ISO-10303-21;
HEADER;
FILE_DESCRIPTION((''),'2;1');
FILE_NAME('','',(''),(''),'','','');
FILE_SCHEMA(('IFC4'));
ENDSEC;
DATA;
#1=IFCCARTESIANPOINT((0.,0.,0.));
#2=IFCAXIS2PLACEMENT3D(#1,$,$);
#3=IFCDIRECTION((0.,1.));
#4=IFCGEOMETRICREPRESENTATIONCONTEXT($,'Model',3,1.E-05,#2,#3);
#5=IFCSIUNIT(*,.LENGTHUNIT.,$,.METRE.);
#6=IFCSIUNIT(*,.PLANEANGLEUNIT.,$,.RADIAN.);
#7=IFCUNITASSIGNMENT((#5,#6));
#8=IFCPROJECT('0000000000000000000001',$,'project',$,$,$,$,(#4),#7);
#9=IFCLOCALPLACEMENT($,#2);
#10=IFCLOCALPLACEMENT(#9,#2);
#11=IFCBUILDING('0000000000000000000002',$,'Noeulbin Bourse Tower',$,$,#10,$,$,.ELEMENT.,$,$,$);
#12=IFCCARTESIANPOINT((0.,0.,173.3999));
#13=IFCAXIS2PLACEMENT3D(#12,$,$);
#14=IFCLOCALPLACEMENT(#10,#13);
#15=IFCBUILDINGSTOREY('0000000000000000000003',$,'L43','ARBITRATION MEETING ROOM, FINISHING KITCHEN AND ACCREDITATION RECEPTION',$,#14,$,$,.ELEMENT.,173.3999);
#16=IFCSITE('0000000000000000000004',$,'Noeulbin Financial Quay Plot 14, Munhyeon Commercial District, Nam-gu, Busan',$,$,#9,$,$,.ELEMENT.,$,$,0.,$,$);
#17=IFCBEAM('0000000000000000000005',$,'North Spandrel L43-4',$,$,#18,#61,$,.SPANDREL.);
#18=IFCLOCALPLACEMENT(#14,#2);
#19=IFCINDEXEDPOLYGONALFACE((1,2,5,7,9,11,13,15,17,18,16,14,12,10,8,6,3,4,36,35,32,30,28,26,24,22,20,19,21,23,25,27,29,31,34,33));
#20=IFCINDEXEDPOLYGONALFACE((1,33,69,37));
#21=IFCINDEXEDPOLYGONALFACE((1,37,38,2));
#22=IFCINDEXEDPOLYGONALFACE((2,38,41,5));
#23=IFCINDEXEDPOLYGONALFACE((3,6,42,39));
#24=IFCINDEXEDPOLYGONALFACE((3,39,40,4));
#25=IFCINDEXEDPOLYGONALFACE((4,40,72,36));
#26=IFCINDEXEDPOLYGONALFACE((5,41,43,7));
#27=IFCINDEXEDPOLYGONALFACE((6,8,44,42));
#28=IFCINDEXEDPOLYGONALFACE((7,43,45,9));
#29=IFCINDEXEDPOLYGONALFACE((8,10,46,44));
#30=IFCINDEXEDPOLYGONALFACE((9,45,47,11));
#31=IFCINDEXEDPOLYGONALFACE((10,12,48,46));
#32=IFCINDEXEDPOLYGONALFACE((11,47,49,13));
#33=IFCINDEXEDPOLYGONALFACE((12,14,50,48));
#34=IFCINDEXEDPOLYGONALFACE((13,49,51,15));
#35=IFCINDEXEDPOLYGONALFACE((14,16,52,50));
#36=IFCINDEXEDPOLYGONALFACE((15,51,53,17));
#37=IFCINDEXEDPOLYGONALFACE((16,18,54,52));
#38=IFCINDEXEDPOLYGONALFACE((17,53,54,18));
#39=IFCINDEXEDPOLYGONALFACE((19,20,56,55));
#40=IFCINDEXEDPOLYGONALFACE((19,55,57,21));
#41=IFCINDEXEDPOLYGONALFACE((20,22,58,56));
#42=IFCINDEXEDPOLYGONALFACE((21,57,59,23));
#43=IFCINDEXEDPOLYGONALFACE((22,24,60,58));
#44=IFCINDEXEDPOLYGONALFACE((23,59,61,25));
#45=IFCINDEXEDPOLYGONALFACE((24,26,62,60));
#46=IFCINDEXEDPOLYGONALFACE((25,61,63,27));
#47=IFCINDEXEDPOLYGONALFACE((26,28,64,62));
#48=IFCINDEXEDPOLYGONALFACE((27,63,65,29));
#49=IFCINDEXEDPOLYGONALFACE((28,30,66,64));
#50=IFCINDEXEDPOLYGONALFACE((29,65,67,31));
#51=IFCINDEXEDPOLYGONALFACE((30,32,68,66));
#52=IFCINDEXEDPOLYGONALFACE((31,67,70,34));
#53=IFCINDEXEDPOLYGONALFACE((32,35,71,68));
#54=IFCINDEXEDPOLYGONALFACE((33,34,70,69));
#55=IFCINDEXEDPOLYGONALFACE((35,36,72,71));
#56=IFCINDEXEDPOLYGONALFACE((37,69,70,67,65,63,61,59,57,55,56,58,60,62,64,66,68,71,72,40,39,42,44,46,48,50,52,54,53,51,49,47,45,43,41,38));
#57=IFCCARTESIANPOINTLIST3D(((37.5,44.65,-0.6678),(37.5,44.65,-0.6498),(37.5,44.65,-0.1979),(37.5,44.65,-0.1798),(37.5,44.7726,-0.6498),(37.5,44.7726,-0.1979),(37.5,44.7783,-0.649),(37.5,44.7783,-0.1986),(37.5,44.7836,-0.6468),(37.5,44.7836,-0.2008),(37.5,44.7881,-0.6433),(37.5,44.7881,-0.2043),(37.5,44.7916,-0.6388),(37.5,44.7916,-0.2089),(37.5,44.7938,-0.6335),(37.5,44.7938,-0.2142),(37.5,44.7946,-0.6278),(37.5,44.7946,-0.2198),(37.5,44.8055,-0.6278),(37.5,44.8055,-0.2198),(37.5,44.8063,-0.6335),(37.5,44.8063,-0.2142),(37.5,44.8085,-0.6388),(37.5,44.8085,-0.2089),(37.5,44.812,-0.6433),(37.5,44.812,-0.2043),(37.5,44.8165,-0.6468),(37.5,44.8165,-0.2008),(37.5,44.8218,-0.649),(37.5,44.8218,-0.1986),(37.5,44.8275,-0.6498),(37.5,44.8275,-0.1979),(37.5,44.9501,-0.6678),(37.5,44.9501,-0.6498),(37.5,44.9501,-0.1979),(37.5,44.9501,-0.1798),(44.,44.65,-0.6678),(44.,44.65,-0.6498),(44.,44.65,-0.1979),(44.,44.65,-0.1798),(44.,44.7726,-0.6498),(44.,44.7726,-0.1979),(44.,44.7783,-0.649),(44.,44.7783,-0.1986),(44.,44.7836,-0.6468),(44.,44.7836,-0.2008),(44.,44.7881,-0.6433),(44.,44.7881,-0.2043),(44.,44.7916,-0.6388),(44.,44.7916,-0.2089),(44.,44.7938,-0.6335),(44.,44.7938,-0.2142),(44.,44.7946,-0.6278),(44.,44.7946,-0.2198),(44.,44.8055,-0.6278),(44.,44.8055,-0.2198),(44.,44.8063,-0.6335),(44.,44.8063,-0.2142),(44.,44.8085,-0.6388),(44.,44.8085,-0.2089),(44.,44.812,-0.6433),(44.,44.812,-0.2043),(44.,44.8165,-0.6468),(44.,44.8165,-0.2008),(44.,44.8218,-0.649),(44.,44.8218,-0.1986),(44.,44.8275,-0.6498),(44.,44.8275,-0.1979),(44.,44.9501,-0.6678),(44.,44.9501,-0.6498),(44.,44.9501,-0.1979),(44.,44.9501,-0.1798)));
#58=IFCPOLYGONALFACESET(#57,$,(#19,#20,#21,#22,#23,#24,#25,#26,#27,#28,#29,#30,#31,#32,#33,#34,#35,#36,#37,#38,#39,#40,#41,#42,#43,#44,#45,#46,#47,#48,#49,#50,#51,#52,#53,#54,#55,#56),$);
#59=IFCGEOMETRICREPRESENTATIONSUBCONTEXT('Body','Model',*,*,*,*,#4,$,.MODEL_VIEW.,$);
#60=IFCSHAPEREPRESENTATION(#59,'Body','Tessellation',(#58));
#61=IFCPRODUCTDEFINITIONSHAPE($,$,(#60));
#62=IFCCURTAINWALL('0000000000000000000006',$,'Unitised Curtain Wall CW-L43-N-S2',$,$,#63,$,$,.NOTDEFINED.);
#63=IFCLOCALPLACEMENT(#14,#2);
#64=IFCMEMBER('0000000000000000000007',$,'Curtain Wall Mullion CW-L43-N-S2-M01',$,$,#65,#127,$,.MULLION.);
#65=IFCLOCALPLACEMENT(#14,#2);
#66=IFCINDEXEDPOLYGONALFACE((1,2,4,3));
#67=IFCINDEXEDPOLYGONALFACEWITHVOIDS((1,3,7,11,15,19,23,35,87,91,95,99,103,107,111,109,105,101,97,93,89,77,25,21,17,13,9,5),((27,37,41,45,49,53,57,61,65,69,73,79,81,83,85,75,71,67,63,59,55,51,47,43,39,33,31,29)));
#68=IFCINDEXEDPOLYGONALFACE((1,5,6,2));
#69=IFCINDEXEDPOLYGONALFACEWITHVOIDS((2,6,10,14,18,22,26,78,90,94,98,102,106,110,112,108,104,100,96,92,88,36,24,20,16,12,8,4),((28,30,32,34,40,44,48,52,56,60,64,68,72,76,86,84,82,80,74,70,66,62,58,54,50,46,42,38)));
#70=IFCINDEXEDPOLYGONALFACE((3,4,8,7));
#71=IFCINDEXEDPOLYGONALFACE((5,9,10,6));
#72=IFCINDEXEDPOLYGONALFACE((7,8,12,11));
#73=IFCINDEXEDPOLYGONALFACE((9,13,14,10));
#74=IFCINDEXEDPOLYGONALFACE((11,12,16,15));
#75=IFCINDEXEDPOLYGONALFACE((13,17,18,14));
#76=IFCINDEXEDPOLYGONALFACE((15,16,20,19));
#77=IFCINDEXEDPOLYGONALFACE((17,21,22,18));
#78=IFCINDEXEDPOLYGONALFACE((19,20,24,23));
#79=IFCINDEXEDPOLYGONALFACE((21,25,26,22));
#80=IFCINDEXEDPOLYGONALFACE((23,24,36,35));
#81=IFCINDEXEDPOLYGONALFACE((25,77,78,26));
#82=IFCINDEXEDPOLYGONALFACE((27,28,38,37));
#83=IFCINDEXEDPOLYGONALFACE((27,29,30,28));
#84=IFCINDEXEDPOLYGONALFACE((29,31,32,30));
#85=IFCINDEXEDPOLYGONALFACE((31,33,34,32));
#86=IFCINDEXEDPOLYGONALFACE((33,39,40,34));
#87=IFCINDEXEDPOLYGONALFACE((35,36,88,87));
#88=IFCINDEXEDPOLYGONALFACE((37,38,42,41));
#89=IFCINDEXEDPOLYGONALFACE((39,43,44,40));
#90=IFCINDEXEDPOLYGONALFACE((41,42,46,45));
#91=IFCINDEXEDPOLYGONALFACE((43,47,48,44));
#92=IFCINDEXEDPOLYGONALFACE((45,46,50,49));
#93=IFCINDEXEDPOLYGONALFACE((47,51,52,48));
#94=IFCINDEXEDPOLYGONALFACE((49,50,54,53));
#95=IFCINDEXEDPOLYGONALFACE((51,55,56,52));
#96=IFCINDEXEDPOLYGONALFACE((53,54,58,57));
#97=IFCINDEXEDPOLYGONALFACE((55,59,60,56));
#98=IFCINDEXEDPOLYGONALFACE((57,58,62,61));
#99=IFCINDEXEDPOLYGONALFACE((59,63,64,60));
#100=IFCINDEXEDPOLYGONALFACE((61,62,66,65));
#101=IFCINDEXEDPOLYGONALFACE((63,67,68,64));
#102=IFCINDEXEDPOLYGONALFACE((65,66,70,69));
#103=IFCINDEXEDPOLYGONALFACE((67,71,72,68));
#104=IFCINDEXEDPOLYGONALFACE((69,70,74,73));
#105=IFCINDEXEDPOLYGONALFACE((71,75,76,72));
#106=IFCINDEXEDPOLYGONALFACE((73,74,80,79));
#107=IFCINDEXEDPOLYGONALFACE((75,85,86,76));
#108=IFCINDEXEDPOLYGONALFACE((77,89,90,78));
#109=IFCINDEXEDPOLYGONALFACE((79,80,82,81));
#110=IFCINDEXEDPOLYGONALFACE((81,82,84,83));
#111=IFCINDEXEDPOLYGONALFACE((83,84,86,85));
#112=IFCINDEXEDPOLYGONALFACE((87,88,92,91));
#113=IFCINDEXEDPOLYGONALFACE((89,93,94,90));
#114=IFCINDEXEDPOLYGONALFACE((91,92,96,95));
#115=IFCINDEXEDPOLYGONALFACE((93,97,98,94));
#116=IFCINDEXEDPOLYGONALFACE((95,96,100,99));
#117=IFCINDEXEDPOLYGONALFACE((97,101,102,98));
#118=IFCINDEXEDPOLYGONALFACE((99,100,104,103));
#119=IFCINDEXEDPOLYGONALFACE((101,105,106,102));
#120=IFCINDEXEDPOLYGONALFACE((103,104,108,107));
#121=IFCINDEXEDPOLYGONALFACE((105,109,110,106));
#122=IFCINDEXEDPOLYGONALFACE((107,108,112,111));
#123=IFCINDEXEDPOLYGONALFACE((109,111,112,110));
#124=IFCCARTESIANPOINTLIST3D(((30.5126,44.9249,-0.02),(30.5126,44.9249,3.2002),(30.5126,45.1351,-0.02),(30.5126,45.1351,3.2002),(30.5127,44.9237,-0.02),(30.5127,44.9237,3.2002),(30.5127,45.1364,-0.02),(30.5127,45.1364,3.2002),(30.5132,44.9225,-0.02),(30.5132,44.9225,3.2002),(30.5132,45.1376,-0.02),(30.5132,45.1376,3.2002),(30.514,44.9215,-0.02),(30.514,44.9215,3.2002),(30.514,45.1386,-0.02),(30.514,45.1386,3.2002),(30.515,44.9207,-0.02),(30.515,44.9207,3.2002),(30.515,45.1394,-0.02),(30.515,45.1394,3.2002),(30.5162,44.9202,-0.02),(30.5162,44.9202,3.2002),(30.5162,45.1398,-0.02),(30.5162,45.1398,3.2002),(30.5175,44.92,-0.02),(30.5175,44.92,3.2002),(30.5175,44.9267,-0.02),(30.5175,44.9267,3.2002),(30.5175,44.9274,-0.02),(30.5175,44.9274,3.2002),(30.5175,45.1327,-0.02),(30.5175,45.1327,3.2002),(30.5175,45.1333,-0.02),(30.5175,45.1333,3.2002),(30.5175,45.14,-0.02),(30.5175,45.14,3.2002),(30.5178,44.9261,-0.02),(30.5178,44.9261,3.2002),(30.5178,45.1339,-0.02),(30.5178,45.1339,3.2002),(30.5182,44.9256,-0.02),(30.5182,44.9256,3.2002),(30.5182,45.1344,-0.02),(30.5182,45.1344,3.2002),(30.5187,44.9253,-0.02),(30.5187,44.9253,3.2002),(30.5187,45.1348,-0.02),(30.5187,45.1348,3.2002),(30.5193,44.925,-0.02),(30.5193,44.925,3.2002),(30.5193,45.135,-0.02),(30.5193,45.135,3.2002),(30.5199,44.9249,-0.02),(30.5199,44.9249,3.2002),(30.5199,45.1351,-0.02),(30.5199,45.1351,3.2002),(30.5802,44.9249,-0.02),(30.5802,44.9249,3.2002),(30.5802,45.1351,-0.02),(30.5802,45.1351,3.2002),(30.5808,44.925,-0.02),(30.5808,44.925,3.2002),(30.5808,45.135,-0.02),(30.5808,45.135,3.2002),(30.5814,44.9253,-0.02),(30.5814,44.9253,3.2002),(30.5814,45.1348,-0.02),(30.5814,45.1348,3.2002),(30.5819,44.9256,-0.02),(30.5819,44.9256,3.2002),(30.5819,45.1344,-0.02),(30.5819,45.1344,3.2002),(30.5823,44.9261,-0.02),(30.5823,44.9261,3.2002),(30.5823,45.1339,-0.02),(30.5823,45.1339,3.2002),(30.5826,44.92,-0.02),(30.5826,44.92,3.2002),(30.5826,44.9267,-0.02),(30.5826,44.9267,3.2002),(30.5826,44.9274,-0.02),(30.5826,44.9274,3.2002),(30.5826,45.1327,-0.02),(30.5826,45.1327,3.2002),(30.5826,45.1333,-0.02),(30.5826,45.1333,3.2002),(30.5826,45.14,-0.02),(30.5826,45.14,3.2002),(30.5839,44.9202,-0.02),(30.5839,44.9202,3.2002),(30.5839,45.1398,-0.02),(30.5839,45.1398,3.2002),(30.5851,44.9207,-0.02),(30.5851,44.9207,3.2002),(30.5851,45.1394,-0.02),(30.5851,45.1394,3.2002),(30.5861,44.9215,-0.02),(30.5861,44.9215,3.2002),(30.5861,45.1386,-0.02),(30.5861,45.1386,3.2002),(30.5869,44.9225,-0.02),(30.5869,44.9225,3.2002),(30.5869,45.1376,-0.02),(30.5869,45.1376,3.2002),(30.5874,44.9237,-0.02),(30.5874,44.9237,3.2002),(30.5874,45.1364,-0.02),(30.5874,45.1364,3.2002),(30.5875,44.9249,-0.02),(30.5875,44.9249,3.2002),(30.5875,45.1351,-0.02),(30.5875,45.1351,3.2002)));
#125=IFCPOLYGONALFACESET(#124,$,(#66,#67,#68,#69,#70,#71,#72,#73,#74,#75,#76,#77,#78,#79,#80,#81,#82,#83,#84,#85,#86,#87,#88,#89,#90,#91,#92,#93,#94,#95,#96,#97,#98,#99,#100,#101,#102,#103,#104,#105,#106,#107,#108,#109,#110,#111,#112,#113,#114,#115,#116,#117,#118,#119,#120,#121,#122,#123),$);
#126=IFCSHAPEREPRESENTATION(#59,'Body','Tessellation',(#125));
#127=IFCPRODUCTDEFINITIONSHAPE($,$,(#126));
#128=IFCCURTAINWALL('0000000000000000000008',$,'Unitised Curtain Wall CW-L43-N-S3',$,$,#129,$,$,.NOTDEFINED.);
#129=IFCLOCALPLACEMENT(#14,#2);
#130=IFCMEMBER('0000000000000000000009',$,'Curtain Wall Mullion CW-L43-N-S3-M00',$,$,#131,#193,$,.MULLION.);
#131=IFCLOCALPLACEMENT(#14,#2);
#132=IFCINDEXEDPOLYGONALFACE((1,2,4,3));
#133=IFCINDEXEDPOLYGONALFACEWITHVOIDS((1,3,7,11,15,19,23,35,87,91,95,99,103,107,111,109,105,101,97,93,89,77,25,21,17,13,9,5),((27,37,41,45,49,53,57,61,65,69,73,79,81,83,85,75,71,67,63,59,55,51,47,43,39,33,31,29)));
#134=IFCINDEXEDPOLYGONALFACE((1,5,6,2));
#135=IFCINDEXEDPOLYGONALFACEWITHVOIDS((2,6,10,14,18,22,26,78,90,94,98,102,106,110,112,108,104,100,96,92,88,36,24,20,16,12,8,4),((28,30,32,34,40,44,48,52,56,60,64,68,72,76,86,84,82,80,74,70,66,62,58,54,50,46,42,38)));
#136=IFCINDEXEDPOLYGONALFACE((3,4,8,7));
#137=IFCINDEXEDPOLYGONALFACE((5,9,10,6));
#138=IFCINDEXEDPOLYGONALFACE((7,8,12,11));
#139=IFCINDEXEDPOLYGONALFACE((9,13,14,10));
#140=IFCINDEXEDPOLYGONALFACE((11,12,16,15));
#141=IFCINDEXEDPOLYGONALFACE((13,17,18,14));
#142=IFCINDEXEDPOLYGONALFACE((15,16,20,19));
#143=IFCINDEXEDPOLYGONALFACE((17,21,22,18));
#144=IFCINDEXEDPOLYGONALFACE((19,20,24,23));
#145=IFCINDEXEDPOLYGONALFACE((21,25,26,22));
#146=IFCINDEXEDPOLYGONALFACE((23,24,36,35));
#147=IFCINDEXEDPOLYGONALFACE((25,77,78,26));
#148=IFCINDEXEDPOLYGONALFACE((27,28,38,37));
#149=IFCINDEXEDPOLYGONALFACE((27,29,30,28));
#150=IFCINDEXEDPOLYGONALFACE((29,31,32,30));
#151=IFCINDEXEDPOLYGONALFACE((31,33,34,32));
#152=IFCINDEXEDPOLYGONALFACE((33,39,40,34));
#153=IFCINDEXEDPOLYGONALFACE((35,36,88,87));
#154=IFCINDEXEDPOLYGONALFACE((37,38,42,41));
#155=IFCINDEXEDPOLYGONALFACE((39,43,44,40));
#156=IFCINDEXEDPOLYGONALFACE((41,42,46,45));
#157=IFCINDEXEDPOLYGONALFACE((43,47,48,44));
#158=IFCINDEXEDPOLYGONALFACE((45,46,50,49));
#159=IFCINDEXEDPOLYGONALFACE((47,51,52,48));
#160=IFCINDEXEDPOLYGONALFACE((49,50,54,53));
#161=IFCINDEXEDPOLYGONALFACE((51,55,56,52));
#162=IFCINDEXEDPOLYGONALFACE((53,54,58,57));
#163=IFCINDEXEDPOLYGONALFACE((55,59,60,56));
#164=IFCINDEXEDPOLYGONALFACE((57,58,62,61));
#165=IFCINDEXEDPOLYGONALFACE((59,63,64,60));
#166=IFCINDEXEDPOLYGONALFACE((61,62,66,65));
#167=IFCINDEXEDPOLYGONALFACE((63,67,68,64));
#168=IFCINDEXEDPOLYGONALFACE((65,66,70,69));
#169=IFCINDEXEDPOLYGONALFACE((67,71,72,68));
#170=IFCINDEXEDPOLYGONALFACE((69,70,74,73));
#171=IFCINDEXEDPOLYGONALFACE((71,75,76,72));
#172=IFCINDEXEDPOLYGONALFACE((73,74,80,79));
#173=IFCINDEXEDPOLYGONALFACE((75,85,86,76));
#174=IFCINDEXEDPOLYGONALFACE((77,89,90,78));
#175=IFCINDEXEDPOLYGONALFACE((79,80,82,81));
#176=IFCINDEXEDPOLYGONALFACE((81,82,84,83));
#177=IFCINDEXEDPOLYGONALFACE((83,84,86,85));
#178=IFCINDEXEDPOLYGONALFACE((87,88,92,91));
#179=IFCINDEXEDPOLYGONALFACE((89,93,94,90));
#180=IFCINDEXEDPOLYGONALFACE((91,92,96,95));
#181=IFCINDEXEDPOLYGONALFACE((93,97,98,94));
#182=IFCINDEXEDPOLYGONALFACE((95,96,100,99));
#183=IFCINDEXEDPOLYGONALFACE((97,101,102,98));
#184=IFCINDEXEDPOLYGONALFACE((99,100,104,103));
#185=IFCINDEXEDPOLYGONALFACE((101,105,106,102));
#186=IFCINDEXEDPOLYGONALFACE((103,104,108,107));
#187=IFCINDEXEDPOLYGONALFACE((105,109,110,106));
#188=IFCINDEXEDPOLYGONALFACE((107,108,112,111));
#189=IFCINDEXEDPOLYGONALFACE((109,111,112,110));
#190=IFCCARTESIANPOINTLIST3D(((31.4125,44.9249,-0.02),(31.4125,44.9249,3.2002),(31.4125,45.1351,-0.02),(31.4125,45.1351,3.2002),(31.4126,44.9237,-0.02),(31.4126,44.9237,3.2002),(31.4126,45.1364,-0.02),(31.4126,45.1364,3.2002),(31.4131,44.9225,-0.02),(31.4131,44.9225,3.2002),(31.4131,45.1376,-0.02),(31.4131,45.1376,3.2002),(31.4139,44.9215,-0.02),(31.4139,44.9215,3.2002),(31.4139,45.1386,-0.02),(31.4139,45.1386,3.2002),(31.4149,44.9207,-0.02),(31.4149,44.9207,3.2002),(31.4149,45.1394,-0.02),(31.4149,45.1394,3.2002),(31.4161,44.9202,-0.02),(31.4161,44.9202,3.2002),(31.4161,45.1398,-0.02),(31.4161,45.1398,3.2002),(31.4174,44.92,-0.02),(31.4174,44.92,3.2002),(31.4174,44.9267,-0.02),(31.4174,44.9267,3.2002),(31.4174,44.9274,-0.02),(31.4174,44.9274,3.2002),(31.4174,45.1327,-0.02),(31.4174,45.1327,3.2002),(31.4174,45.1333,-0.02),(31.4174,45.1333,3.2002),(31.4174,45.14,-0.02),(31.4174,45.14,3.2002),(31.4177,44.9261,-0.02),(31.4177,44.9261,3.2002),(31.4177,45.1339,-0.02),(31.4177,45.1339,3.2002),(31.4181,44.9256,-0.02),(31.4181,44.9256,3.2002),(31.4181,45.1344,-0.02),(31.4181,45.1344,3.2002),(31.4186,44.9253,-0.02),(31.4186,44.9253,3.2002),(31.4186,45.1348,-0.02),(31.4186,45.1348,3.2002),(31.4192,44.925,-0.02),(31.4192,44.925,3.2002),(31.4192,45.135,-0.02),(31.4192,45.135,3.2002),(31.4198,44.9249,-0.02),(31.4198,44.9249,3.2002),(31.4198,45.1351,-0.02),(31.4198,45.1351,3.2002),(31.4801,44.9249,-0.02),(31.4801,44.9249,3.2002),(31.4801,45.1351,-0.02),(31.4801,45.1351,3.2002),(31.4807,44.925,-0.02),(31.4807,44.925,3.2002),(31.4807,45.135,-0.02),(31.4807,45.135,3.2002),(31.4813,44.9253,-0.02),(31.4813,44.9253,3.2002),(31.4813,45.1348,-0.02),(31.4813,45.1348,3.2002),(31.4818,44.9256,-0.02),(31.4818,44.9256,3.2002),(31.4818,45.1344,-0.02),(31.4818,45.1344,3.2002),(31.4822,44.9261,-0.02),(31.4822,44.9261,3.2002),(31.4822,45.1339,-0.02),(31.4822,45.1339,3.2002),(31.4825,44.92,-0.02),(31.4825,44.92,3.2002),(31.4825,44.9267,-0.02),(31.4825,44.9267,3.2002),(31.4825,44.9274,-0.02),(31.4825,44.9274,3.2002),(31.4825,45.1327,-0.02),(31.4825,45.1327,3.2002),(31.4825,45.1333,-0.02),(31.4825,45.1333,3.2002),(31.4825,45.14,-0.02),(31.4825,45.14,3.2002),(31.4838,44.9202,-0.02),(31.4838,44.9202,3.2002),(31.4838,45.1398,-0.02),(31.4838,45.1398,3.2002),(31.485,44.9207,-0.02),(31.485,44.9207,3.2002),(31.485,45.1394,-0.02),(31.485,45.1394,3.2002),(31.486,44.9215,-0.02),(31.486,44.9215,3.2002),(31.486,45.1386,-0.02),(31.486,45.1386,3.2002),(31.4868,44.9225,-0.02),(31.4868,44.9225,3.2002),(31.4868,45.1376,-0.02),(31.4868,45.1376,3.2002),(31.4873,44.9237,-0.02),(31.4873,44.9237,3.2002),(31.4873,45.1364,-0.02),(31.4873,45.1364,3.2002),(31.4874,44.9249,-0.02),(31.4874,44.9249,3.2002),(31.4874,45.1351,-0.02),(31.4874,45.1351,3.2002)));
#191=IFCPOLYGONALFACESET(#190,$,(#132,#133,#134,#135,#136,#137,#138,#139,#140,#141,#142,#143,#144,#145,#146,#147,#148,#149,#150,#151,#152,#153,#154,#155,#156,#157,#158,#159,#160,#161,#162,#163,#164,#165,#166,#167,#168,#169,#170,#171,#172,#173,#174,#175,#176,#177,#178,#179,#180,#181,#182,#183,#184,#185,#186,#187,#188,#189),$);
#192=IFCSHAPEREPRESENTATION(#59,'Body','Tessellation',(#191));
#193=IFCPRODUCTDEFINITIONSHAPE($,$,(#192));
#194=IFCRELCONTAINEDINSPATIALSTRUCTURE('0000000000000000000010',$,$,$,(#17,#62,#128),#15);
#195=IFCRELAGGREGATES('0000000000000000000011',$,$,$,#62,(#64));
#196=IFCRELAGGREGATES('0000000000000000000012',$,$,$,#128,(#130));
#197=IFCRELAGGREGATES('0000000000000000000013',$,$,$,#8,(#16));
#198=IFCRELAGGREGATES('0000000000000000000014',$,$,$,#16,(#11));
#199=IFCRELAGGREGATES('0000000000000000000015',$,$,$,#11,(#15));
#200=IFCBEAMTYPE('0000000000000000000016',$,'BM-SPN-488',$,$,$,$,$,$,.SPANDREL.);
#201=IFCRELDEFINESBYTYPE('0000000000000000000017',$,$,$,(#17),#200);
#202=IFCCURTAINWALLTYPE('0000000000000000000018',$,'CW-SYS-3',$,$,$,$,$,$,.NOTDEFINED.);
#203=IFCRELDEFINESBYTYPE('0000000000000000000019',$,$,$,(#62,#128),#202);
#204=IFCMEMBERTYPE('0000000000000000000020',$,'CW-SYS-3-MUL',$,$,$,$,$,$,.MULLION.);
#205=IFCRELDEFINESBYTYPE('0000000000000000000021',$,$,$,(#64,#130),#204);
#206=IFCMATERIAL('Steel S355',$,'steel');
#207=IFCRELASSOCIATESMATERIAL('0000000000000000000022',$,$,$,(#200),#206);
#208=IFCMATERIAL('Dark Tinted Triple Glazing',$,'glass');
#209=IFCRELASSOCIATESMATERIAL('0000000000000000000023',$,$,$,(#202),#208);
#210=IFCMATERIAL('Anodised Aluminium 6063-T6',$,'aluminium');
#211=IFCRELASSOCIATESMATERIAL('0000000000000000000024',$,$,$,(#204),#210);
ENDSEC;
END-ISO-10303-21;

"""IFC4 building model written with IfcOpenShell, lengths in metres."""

from ifc_helpers import new_model, si_unit, direction, frame, origin, origin_2d, place, context, subcontext, project, spatial, hollow_rectangle, i_section, extrude, material, material_profile, profile_set, type_object, element, aggregate, save


model = new_model("IFC4")

# Units and contexts
model_context = context("Model", 3, precision=1e-05, world=origin(), true_north=direction((0.0, 1.0)))
body_context = subcontext(model_context, "Body", "Model", "MODEL_VIEW")
ifc_project = project(units=[si_unit("LENGTHUNIT", "METRE"), si_unit("PLANEANGLEUNIT", "RADIAN")], contexts=[model_context])

# Site, building, storey
site_placement = place(None, origin())
site = spatial("IfcSite", under=ifc_project, at=site_placement, Name="Noeulbin Financial Quay Plot 14, Munhyeon Commercial District, Nam-gu, Busan", CompositionType="ELEMENT", RefElevation=0.0)
building_placement = place(site_placement, origin())
building = spatial("IfcBuilding", under=site, at=building_placement, Name="Noeulbin Bourse Tower", CompositionType="ELEMENT")
storey_placement = place(building_placement, frame((0.0, 0.0, 173.3999)))
storey = spatial("IfcBuildingStorey", under=building, at=storey_placement, Name="L43", Description="ARBITRATION MEETING ROOM, FINISHING KITCHEN AND ACCREDITATION RECEPTION", CompositionType="ELEMENT", Elevation=173.3999)

# Shared definitions
ifc_material_1 = material(Name="Steel S355", Category="steel")

# Beam
ifc_material_profile_1 = material_profile(ifc_material_1, i_section(OverallWidth=0.3, OverallDepth=0.488, WebThickness=0.011, FlangeThickness=0.0181, FilletRadius=0.022, at=origin_2d()), Name="H-488x300x11x18", Category="LoadBearing")
ifc_profile_set_1 = profile_set([ifc_material_profile_1], Name="Steel S355")
beam_type_1 = type_object("IfcBeamType", Name="BM-SPN-488", PredefinedType="SPANDREL", material=ifc_profile_set_1)
for number, where, z_axis, x_axis, name in (
    (1, (37.5, 44.8, -0.4238), (1.0, 0.0, 0.0), (0.0, 1.0, 0.0), "North Spandrel L43-4"),
):
    element("IfcBeam", number, at=place(storey_placement, frame(where, z_axis=z_axis, x_axis=x_axis)), inside=storey, type_object=beam_type_1, Name=name, PredefinedType="SPANDREL", context=body_context, shape_type="SweptSolid", body=[
        extrude(i_section(OverallWidth=0.3, OverallDepth=0.488, WebThickness=0.011, FlangeThickness=0.0181, FilletRadius=0.022, at=origin_2d()), origin(), (0.0, 0.0, 1.0), 6.5),
    ])

# Curtain wall, member
ifc_material_2 = material(Name="Dark Tinted Triple Glazing", Category="glass")
curtain_wall_type = type_object("IfcCurtainWallType", Name="CW-SYS-3", PredefinedType="NOTDEFINED", material=ifc_material_2)
curtain_wall_1_placement = place(storey_placement, origin())
curtain_wall_1 = element("IfcCurtainWall", 2, at=curtain_wall_1_placement, inside=storey, type_object=curtain_wall_type, Name="Unitised Curtain Wall CW-L43-N-S2", PredefinedType="NOTDEFINED")
ifc_material_3 = material(Name="Anodised Aluminium 6063-T6", Category="aluminium")
ifc_material_profile_2 = material_profile(ifc_material_3, hollow_rectangle(XDim=0.075, YDim=0.22, WallThickness=0.0049, InnerFilletRadius=0.0024, OuterFilletRadius=0.0049, at=origin_2d()), Name="ALU-MULL-75x220x5", Category="LoadBearing")
ifc_profile_set_2 = profile_set([ifc_material_profile_2], Name="Anodised Aluminium 6063-T6")
member_type_1 = type_object("IfcMemberType", Name="CW-SYS-3-MUL", PredefinedType="MULLION", material=ifc_profile_set_2)
member_1_placement = place(storey_placement, frame((30.55, 45.03, -0.02), z_axis=(0.0, 0.0, 1.0), x_axis=(1.0, 0.0, 0.0)))
member_1 = element("IfcMember", 3, at=member_1_placement, type_object=member_type_1, Name="Curtain Wall Mullion CW-L43-N-S2-M01", PredefinedType="MULLION", context=body_context, shape_type="SweptSolid", body=[
    extrude(hollow_rectangle(XDim=0.075, YDim=0.22, WallThickness=0.0049, InnerFilletRadius=0.0024, OuterFilletRadius=0.0049, at=origin_2d()), origin(), (0.0, 0.0, 1.0), 3.2202),
])
aggregate(curtain_wall_1, [member_1])

# Curtain wall, member
curtain_wall_2_placement = place(storey_placement, origin())
curtain_wall_2 = element("IfcCurtainWall", 4, at=curtain_wall_2_placement, inside=storey, type_object=curtain_wall_type, Name="Unitised Curtain Wall CW-L43-N-S3", PredefinedType="NOTDEFINED")
member_2_placement = place(storey_placement, frame((31.45, 45.03, -0.02), z_axis=(0.0, 0.0, 1.0), x_axis=(1.0, 0.0, 0.0)))
member_2 = element("IfcMember", 5, at=member_2_placement, type_object=member_type_1, Name="Curtain Wall Mullion CW-L43-N-S3-M00", PredefinedType="MULLION", context=body_context, shape_type="SweptSolid", body=[
    extrude(hollow_rectangle(XDim=0.075, YDim=0.22, WallThickness=0.0049, InnerFilletRadius=0.0024, OuterFilletRadius=0.0049, at=origin_2d()), origin(), (0.0, 0.0, 1.0), 3.2202),
])

aggregate(curtain_wall_2, [member_2])

save(model, "model.ifc")
